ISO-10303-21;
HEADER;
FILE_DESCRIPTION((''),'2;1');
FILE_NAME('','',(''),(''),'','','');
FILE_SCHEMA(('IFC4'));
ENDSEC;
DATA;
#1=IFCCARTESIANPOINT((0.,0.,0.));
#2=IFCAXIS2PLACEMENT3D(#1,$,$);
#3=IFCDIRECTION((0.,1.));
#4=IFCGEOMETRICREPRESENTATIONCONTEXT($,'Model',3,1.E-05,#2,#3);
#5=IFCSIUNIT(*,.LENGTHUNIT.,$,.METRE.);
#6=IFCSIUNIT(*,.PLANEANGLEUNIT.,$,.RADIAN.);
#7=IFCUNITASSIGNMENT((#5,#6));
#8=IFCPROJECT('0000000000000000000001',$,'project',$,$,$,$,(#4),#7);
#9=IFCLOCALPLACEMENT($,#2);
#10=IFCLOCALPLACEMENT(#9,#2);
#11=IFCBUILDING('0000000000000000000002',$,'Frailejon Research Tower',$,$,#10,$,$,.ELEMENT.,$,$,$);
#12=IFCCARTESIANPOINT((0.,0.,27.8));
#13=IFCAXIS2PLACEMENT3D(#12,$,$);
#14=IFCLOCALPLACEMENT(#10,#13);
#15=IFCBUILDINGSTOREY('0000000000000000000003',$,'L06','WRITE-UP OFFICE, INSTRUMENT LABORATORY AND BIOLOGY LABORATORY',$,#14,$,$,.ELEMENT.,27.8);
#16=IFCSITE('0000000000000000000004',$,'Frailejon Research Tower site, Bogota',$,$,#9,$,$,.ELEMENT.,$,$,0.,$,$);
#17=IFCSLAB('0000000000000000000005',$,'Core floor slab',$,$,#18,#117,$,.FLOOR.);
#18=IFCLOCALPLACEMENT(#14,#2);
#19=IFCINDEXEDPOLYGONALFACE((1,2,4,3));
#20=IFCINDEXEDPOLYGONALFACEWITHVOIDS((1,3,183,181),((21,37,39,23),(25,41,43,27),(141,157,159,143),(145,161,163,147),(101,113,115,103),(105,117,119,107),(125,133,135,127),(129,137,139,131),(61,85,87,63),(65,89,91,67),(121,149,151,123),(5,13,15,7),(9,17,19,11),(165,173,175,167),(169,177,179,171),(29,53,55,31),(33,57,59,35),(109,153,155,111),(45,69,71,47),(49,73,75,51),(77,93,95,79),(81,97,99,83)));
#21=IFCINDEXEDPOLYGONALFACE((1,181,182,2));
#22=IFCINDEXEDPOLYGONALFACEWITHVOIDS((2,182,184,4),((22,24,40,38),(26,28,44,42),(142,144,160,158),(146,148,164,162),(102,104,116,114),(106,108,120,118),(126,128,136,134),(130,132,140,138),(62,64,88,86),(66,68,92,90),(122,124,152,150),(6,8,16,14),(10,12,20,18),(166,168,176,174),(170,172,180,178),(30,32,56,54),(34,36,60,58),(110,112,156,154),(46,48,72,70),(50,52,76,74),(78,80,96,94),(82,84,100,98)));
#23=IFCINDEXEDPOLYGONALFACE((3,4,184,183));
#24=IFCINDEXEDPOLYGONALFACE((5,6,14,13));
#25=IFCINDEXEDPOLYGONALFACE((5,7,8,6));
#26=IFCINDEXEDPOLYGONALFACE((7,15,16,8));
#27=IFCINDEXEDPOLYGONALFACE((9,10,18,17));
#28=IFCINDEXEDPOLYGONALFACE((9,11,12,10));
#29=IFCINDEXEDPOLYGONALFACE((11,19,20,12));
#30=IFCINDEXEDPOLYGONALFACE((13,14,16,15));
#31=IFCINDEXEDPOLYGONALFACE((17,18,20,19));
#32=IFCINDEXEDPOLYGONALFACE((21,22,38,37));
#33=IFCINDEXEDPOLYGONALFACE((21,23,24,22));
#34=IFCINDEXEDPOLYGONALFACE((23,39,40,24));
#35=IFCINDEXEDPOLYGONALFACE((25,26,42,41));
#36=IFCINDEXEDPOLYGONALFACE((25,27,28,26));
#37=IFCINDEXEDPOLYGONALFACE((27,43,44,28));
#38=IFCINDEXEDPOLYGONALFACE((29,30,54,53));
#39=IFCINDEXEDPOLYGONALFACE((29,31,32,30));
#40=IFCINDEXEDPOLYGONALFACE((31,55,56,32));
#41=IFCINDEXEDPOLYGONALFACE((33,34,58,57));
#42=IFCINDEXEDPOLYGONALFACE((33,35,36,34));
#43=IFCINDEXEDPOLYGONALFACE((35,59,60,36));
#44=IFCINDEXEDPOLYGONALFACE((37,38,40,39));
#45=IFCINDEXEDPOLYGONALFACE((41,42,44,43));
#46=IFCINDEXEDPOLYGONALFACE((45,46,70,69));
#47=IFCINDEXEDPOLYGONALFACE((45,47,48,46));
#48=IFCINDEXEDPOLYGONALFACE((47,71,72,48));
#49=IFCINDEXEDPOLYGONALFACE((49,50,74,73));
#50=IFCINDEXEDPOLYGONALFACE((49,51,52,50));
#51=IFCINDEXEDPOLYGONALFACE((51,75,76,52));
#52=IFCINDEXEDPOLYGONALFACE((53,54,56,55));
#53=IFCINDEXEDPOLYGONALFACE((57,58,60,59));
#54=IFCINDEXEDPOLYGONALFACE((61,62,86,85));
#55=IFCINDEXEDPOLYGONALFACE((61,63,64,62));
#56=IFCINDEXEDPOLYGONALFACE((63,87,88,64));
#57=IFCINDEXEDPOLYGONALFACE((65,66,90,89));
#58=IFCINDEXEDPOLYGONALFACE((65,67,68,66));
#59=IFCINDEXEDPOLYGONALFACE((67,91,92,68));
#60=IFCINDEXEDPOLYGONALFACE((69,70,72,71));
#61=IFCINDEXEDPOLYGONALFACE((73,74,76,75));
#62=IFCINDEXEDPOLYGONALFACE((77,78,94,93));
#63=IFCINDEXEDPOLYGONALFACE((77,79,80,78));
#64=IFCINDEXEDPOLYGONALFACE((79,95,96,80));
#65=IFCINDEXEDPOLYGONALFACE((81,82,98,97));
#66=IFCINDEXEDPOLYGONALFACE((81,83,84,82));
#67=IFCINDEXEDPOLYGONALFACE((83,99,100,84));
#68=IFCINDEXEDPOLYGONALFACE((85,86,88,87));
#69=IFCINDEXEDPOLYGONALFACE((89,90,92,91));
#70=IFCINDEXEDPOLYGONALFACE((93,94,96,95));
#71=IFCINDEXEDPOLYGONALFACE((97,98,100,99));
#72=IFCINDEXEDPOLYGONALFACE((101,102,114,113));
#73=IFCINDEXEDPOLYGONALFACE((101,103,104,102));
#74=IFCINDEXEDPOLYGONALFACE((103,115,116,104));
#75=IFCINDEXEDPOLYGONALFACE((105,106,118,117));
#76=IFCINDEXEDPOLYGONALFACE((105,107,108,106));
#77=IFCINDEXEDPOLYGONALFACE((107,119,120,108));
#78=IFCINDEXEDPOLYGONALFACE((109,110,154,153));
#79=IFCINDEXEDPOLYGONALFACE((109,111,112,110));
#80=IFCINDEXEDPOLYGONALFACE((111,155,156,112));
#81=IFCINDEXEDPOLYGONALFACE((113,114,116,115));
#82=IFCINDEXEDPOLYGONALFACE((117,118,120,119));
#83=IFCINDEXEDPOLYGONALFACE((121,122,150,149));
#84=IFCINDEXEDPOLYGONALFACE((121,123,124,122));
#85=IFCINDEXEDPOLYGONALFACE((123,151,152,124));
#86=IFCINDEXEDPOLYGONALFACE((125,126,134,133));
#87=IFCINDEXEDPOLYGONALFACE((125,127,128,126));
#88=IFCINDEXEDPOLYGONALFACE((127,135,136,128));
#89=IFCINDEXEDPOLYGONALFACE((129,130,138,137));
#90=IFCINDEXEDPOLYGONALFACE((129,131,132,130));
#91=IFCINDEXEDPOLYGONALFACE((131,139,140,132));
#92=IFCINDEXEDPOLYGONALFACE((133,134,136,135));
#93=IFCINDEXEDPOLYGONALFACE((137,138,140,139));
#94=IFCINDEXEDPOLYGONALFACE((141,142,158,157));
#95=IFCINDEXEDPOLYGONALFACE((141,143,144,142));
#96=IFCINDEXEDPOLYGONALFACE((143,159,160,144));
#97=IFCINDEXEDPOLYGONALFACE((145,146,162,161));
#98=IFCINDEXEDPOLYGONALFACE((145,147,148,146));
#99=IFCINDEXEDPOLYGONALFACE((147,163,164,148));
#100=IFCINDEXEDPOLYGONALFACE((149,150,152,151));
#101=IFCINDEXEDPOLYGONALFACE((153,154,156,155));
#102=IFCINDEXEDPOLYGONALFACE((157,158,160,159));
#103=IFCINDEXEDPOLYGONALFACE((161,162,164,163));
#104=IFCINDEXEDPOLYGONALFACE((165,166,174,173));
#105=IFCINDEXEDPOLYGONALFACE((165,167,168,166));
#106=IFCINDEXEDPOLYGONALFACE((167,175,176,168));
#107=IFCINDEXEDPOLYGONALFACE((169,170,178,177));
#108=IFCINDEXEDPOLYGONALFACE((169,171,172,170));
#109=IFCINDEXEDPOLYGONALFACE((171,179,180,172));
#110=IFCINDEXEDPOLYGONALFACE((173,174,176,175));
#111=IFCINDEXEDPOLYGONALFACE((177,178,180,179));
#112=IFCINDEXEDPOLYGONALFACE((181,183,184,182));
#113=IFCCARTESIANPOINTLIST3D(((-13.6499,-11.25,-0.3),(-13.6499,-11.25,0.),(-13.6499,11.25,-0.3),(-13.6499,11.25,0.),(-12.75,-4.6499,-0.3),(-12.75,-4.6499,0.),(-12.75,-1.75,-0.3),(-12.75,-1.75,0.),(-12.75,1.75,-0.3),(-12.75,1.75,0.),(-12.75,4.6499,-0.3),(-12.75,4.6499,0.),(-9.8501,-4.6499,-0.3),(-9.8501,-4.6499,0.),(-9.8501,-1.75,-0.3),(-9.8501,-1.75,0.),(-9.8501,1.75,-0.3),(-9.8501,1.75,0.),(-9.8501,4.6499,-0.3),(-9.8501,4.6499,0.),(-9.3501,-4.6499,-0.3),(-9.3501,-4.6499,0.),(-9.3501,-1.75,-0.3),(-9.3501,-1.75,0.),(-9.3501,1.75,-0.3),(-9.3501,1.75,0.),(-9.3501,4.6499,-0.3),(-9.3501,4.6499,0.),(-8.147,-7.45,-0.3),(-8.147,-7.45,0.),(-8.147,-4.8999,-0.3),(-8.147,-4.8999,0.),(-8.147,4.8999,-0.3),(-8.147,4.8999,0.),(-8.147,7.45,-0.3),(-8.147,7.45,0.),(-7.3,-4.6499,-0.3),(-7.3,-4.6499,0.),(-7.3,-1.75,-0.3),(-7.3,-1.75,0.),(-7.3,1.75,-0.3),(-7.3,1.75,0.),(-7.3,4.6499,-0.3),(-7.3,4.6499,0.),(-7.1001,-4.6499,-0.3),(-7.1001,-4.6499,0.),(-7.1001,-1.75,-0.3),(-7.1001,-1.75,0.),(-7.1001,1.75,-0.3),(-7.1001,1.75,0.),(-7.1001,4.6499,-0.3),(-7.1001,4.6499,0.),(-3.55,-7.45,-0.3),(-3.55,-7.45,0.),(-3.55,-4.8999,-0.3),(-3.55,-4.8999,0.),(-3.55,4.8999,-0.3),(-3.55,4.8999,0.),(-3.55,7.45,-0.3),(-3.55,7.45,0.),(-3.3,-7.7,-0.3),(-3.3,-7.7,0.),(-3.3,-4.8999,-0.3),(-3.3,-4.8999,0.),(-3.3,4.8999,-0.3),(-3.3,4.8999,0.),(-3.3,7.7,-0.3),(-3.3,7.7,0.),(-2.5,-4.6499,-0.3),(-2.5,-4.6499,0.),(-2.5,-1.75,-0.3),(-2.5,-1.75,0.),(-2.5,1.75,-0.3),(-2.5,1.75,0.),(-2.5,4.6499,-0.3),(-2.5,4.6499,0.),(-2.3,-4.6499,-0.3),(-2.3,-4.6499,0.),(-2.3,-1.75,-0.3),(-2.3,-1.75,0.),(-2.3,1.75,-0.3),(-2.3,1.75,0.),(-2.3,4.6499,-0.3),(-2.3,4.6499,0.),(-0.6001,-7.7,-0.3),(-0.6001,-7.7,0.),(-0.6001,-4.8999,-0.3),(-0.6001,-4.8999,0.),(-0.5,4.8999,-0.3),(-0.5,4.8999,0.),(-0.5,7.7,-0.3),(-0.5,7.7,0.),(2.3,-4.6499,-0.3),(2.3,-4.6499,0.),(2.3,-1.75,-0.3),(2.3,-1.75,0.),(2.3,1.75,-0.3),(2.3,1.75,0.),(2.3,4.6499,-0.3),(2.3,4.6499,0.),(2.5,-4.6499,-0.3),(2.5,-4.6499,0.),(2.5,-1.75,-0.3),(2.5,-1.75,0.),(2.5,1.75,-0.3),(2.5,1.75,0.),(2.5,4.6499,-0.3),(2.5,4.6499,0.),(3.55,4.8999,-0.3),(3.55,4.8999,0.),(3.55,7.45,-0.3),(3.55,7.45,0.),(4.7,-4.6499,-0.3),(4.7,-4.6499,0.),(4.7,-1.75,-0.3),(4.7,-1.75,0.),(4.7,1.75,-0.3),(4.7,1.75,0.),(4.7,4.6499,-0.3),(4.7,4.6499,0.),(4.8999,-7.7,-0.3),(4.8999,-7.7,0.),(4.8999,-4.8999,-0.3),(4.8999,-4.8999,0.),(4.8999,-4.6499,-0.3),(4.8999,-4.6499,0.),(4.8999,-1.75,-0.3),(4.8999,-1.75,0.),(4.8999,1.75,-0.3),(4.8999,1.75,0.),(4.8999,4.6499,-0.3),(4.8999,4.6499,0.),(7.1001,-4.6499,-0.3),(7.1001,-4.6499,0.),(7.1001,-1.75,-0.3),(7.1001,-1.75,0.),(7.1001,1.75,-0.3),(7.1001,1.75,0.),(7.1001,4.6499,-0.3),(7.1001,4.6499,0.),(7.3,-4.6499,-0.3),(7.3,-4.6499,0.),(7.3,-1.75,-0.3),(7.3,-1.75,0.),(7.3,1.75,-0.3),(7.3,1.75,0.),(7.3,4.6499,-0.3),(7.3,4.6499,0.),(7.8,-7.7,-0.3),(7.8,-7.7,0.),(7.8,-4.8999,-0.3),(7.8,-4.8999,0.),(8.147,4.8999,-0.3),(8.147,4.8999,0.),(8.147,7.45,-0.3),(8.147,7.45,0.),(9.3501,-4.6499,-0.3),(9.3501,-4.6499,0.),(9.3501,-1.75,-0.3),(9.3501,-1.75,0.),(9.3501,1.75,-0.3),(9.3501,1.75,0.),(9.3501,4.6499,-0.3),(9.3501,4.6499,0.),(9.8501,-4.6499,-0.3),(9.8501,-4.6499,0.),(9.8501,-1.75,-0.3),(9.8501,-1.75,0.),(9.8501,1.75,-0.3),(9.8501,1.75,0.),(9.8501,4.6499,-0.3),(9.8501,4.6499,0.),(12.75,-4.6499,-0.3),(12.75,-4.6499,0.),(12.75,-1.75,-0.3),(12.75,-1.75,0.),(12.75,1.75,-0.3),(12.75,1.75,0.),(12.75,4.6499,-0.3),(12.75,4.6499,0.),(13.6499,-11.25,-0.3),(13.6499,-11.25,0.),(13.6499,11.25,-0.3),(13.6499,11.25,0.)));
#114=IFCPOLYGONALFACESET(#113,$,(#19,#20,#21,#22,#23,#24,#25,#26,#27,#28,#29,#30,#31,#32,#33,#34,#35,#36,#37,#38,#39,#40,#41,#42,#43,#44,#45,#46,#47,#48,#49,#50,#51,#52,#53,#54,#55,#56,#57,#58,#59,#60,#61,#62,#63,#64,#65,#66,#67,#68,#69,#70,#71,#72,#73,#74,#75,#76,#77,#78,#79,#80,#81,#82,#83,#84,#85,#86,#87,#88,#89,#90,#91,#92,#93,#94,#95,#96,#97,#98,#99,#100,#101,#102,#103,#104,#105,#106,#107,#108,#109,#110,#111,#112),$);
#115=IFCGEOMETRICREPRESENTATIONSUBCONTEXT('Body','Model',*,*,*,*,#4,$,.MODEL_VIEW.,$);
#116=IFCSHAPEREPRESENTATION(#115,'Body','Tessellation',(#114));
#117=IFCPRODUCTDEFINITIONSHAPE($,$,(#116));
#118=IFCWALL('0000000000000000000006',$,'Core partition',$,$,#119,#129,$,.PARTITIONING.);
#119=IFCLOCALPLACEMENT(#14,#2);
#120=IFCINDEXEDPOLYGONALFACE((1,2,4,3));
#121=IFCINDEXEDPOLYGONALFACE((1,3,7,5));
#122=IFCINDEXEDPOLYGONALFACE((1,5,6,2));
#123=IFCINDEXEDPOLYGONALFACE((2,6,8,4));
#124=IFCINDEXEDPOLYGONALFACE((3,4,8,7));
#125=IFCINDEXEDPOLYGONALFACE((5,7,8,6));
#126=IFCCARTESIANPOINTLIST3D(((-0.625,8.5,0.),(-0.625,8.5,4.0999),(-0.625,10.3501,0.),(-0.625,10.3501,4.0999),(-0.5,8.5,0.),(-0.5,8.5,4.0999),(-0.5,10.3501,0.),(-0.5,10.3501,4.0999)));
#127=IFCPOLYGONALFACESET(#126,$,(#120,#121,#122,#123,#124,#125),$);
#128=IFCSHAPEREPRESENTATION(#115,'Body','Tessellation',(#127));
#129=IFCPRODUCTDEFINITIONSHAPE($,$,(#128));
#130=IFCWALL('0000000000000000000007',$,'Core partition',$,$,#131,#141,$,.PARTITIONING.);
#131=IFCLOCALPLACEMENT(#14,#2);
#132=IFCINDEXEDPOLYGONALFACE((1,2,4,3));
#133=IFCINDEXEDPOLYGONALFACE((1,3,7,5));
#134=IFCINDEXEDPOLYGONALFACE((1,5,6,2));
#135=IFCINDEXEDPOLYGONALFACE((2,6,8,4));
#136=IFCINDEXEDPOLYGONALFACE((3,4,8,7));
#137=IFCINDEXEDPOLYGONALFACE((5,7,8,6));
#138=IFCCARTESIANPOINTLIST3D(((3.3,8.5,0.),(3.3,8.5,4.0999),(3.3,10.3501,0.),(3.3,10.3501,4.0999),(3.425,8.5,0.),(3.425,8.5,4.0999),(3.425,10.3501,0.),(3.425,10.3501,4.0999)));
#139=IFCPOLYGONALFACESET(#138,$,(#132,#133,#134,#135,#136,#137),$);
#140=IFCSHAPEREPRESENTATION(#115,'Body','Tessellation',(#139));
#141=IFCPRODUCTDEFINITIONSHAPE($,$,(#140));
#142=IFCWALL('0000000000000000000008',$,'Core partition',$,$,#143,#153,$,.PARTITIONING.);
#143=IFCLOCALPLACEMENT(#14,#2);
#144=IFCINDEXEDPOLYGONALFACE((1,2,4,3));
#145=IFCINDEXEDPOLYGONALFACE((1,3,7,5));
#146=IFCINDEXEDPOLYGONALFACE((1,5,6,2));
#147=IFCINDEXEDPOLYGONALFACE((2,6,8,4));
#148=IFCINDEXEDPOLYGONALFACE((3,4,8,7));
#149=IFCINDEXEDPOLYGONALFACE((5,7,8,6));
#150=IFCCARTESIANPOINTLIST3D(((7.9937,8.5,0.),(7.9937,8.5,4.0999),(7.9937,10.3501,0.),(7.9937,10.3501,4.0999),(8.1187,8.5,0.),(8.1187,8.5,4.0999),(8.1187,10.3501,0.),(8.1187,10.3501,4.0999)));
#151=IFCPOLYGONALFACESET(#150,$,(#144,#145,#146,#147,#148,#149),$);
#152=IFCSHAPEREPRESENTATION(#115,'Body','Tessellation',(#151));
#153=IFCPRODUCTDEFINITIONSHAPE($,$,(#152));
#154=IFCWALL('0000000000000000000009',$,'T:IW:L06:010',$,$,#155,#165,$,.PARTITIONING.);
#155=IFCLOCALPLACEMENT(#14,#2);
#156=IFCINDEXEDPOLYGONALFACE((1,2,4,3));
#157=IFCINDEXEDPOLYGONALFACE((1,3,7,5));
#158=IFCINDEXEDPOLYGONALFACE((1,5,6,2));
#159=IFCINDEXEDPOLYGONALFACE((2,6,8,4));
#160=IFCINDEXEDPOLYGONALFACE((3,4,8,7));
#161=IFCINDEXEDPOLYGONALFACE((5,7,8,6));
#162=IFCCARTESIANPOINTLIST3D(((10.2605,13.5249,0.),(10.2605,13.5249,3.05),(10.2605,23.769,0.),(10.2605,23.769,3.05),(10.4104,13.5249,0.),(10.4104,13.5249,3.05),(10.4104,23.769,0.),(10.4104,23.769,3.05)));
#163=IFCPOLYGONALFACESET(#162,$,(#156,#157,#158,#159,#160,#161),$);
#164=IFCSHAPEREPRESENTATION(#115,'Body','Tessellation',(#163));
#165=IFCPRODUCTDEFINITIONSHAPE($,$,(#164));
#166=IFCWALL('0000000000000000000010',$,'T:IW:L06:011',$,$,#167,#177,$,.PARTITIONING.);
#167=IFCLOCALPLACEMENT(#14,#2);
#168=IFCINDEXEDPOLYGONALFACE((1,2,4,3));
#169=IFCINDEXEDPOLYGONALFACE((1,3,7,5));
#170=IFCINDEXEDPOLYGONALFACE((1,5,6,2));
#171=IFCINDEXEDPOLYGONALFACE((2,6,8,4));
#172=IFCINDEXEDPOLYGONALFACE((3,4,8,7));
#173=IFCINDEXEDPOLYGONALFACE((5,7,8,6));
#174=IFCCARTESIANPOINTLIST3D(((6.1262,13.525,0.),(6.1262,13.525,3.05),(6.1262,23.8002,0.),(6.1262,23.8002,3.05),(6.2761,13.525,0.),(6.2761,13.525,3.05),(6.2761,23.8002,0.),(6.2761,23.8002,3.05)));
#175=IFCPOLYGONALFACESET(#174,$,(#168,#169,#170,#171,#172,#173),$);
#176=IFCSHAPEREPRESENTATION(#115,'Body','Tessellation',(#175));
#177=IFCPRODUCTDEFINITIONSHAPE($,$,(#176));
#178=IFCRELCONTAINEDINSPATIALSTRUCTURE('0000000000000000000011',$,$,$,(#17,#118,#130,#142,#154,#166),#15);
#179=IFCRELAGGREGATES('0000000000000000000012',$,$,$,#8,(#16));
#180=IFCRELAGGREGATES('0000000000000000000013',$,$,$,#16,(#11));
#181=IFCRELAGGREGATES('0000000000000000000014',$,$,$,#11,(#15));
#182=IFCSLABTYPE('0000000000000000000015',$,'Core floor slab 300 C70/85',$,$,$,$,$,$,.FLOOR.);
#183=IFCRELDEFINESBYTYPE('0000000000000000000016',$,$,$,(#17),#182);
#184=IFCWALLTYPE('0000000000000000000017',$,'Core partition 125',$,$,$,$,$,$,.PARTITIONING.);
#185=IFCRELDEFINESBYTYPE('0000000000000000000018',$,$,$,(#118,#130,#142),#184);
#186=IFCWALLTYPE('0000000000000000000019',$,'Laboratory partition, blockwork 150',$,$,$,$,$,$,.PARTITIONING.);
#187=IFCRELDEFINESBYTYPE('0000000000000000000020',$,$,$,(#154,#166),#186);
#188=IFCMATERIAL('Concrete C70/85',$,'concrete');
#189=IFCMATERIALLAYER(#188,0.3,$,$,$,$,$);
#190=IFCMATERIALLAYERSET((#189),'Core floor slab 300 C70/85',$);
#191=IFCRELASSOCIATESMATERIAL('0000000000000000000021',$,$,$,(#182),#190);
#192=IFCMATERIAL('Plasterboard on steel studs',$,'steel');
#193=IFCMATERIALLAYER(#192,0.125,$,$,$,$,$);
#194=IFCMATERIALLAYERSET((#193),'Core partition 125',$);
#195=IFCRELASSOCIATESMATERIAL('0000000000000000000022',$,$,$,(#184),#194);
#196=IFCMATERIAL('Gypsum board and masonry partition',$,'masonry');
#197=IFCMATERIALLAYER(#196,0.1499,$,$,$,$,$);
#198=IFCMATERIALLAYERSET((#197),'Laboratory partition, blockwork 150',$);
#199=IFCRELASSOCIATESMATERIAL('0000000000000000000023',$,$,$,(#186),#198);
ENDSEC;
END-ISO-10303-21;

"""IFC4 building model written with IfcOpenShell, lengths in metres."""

from ifc_helpers import new_model, si_unit, direction, frame, frame_2d, origin, place, context, subcontext, project, spatial, polyline, rectangle, outline, extrude, material, layer, layer_set, type_object, element, save


model = new_model("IFC4")

# Units and contexts
model_context = context("Model", 3, precision=1e-05, world=origin(), true_north=direction((0.0, 1.0)))
body_context = subcontext(model_context, "Body", "Model", "MODEL_VIEW")
ifc_project = project(units=[si_unit("LENGTHUNIT", "METRE"), si_unit("PLANEANGLEUNIT", "RADIAN")], contexts=[model_context])

# Site, building, storey
site_placement = place(None, origin())
site = spatial("IfcSite", under=ifc_project, at=site_placement, Name="Frailejon Research Tower site, Bogota", CompositionType="ELEMENT", RefElevation=0.0)
building_placement = place(site_placement, origin())
building = spatial("IfcBuilding", under=site, at=building_placement, Name="Frailejon Research Tower", CompositionType="ELEMENT")
storey_placement = place(building_placement, frame((0.0, 0.0, 27.8)))
storey = spatial("IfcBuildingStorey", under=building, at=storey_placement, Name="L06", Description="WRITE-UP OFFICE, INSTRUMENT LABORATORY AND BIOLOGY LABORATORY", CompositionType="ELEMENT", Elevation=27.8)

# Slab
ifc_material_1 = material(Name="Concrete C70/85", Category="concrete")
ifc_layer_1 = layer(ifc_material_1, 0.3)
ifc_layer_set_1 = layer_set([ifc_layer_1], Name="Core floor slab 300 C70/85")
slab_type = type_object("IfcSlabType", Name="Core floor slab 300 C70/85", PredefinedType="FLOOR", material=ifc_layer_set_1)
slab_placement = place(storey_placement, frame((0.0, 0.0, -0.3)))
element("IfcSlab", 1, at=slab_placement, inside=storey, type_object=slab_type, Name="Core floor slab", PredefinedType="FLOOR", context=body_context, shape_type="SweptSolid", body=[
    extrude(outline(polyline([(13.6499, -11.25), (13.6499, 11.25), (-13.6499, 11.25), (-13.6499, -11.25), (13.6499, -11.25)]), holes=[polyline([(-9.8501, 1.75), (-9.8501, 4.6499), (-12.75, 4.6499), (-12.75, 1.75), (-9.8501, 1.75)]), polyline([(-7.3, 1.75), (-7.3, 4.6499), (-9.3501, 4.6499), (-9.3501, 1.75), (-7.3, 1.75)]), polyline([(-2.5, 1.75), (-2.5, 4.6499), (-7.1001, 4.6499), (-7.1001, 1.75), (-2.5, 1.75)]), polyline([(2.3, 1.75), (2.3, 4.6499), (-2.3, 4.6499), (-2.3, 1.75), (2.3, 1.75)]), polyline([(4.7, 1.75), (4.7, 4.6499), (2.5, 4.6499), (2.5, 1.75), (4.7, 1.75)]), polyline([(7.1001, 1.75), (7.1001, 4.6499), (4.8999, 4.6499), (4.8999, 1.75), (7.1001, 1.75)]), polyline([(9.3501, 1.75), (9.3501, 4.6499), (7.3, 4.6499), (7.3, 1.75), (9.3501, 1.75)]), polyline([(12.75, 1.75), (12.75, 4.6499), (9.8501, 4.6499), (9.8501, 1.75), (12.75, 1.75)]), polyline([(-9.8501, -4.6499), (-9.8501, -1.75), (-12.75, -1.75), (-12.75, -4.6499), (-9.8501, -4.6499)]), polyline([(-7.3, -4.6499), (-7.3, -1.75), (-9.3501, -1.75), (-9.3501, -4.6499), (-7.3, -4.6499)]), polyline([(-2.5, -4.6499), (-2.5, -1.75), (-7.1001, -1.75), (-7.1001, -4.6499), (-2.5, -4.6499)]), polyline([(2.3, -4.6499), (2.3, -1.75), (-2.3, -1.75), (-2.3, -4.6499), (2.3, -4.6499)]), polyline([(4.7, -4.6499), (4.7, -1.75), (2.5, -1.75), (2.5, -4.6499), (4.7, -4.6499)]), polyline([(7.1001, -4.6499), (7.1001, -1.75), (4.8999, -1.75), (4.8999, -4.6499), (7.1001, -4.6499)]), polyline([(9.3501, -4.6499), (9.3501, -1.75), (7.3, -1.75), (7.3, -4.6499), (9.3501, -4.6499)]), polyline([(12.75, -4.6499), (12.75, -1.75), (9.8501, -1.75), (9.8501, -4.6499), (12.75, -4.6499)]), polyline([(-8.147, 4.8999), (-3.55, 4.8999), (-3.55, 7.45), (-8.147, 7.45), (-8.147, 4.8999)]), polyline([(-8.147, -7.45), (-3.55, -7.45), (-3.55, -4.8999), (-8.147, -4.8999), (-8.147, -7.45)]), polyline([(8.147, 7.45), (3.55, 7.45), (3.55, 4.8999), (8.147, 4.8999), (8.147, 7.45)]), polyline([(-0.6001, -7.7), (-0.6001, -4.8999), (-3.3, -4.8999), (-3.3, -7.7), (-0.6001, -7.7)]), polyline([(7.8, -7.7), (7.8, -4.8999), (4.8999, -4.8999), (4.8999, -7.7), (7.8, -7.7)]), polyline([(-0.5, 4.8999), (-0.5, 7.7), (-3.3, 7.7), (-3.3, 4.8999), (-0.5, 4.8999)])]), origin(), (0.0, 0.0, 1.0), 0.3),
])

# Walls
ifc_material_2 = material(Name="Plasterboard on steel studs", Category="steel")
ifc_layer_2 = layer(ifc_material_2, 0.125)
ifc_layer_set_2 = layer_set([ifc_layer_2], Name="Core partition 125")
wall_type_1 = type_object("IfcWallType", Name="Core partition 125", PredefinedType="PARTITIONING", material=ifc_layer_set_2)
for number, where, z_axis, x_axis, name in (
    (2, (-0.5625, 8.5, 0.0), (0.0, 0.0, 1.0), (0.0, 1.0, 0.0), "Core partition"),
    (3, (3.3625, 8.5, 0.0), (0.0, 0.0, 1.0), (0.0, 1.0, 0.0), "Core partition"),
    (4, (8.0562, 8.5, 0.0), (0.0, 0.0, 1.0), (0.0, 1.0, 0.0), "Core partition"),
):
    element("IfcWall", number, at=place(storey_placement, frame(where, z_axis=z_axis, x_axis=x_axis)), inside=storey, type_object=wall_type_1, Name=name, PredefinedType="PARTITIONING", context=body_context, shape_type="SweptSolid", body=[
        extrude(rectangle(XDim=1.8501, YDim=0.125, at=frame_2d((0.925, 0.0))), origin(), (0.0, 0.0, 1.0), 4.0999),
    ])
ifc_material_3 = material(Name="Gypsum board and masonry partition", Category="masonry")
ifc_layer_3 = layer(ifc_material_3, 0.1499)
ifc_layer_set_3 = layer_set([ifc_layer_3], Name="Laboratory partition, blockwork 150")
wall_type_2 = type_object("IfcWallType", Name="Laboratory partition, blockwork 150", PredefinedType="PARTITIONING", material=ifc_layer_set_3)
wall_1_placement = place(storey_placement, frame((10.3354, 13.5249, 0.0), z_axis=(0.0, 0.0, 1.0), x_axis=(0.0, 1.0, 0.0)))
element("IfcWall", 5, at=wall_1_placement, inside=storey, type_object=wall_type_2, Name="T:IW:L06:010", PredefinedType="PARTITIONING", context=body_context, shape_type="SweptSolid", body=[
    extrude(rectangle(XDim=10.2441, YDim=0.1499, at=frame_2d((5.1221, 0.0))), origin(), (0.0, 0.0, 1.0), 3.05),
])
wall_2_placement = place(storey_placement, frame((6.2012, 13.5249, 0.0), z_axis=(0.0, 0.0, 1.0), x_axis=(0.0, 1.0, 0.0)))
element("IfcWall", 6, at=wall_2_placement, inside=storey, type_object=wall_type_2, Name="T:IW:L06:011", PredefinedType="PARTITIONING", context=body_context, shape_type="SweptSolid", body=[
    extrude(rectangle(XDim=10.2751, YDim=0.1499, at=frame_2d((5.1377, 0.0))), origin(), (0.0, 0.0, 1.0), 3.05),
])

save(model, "model.ifc")
